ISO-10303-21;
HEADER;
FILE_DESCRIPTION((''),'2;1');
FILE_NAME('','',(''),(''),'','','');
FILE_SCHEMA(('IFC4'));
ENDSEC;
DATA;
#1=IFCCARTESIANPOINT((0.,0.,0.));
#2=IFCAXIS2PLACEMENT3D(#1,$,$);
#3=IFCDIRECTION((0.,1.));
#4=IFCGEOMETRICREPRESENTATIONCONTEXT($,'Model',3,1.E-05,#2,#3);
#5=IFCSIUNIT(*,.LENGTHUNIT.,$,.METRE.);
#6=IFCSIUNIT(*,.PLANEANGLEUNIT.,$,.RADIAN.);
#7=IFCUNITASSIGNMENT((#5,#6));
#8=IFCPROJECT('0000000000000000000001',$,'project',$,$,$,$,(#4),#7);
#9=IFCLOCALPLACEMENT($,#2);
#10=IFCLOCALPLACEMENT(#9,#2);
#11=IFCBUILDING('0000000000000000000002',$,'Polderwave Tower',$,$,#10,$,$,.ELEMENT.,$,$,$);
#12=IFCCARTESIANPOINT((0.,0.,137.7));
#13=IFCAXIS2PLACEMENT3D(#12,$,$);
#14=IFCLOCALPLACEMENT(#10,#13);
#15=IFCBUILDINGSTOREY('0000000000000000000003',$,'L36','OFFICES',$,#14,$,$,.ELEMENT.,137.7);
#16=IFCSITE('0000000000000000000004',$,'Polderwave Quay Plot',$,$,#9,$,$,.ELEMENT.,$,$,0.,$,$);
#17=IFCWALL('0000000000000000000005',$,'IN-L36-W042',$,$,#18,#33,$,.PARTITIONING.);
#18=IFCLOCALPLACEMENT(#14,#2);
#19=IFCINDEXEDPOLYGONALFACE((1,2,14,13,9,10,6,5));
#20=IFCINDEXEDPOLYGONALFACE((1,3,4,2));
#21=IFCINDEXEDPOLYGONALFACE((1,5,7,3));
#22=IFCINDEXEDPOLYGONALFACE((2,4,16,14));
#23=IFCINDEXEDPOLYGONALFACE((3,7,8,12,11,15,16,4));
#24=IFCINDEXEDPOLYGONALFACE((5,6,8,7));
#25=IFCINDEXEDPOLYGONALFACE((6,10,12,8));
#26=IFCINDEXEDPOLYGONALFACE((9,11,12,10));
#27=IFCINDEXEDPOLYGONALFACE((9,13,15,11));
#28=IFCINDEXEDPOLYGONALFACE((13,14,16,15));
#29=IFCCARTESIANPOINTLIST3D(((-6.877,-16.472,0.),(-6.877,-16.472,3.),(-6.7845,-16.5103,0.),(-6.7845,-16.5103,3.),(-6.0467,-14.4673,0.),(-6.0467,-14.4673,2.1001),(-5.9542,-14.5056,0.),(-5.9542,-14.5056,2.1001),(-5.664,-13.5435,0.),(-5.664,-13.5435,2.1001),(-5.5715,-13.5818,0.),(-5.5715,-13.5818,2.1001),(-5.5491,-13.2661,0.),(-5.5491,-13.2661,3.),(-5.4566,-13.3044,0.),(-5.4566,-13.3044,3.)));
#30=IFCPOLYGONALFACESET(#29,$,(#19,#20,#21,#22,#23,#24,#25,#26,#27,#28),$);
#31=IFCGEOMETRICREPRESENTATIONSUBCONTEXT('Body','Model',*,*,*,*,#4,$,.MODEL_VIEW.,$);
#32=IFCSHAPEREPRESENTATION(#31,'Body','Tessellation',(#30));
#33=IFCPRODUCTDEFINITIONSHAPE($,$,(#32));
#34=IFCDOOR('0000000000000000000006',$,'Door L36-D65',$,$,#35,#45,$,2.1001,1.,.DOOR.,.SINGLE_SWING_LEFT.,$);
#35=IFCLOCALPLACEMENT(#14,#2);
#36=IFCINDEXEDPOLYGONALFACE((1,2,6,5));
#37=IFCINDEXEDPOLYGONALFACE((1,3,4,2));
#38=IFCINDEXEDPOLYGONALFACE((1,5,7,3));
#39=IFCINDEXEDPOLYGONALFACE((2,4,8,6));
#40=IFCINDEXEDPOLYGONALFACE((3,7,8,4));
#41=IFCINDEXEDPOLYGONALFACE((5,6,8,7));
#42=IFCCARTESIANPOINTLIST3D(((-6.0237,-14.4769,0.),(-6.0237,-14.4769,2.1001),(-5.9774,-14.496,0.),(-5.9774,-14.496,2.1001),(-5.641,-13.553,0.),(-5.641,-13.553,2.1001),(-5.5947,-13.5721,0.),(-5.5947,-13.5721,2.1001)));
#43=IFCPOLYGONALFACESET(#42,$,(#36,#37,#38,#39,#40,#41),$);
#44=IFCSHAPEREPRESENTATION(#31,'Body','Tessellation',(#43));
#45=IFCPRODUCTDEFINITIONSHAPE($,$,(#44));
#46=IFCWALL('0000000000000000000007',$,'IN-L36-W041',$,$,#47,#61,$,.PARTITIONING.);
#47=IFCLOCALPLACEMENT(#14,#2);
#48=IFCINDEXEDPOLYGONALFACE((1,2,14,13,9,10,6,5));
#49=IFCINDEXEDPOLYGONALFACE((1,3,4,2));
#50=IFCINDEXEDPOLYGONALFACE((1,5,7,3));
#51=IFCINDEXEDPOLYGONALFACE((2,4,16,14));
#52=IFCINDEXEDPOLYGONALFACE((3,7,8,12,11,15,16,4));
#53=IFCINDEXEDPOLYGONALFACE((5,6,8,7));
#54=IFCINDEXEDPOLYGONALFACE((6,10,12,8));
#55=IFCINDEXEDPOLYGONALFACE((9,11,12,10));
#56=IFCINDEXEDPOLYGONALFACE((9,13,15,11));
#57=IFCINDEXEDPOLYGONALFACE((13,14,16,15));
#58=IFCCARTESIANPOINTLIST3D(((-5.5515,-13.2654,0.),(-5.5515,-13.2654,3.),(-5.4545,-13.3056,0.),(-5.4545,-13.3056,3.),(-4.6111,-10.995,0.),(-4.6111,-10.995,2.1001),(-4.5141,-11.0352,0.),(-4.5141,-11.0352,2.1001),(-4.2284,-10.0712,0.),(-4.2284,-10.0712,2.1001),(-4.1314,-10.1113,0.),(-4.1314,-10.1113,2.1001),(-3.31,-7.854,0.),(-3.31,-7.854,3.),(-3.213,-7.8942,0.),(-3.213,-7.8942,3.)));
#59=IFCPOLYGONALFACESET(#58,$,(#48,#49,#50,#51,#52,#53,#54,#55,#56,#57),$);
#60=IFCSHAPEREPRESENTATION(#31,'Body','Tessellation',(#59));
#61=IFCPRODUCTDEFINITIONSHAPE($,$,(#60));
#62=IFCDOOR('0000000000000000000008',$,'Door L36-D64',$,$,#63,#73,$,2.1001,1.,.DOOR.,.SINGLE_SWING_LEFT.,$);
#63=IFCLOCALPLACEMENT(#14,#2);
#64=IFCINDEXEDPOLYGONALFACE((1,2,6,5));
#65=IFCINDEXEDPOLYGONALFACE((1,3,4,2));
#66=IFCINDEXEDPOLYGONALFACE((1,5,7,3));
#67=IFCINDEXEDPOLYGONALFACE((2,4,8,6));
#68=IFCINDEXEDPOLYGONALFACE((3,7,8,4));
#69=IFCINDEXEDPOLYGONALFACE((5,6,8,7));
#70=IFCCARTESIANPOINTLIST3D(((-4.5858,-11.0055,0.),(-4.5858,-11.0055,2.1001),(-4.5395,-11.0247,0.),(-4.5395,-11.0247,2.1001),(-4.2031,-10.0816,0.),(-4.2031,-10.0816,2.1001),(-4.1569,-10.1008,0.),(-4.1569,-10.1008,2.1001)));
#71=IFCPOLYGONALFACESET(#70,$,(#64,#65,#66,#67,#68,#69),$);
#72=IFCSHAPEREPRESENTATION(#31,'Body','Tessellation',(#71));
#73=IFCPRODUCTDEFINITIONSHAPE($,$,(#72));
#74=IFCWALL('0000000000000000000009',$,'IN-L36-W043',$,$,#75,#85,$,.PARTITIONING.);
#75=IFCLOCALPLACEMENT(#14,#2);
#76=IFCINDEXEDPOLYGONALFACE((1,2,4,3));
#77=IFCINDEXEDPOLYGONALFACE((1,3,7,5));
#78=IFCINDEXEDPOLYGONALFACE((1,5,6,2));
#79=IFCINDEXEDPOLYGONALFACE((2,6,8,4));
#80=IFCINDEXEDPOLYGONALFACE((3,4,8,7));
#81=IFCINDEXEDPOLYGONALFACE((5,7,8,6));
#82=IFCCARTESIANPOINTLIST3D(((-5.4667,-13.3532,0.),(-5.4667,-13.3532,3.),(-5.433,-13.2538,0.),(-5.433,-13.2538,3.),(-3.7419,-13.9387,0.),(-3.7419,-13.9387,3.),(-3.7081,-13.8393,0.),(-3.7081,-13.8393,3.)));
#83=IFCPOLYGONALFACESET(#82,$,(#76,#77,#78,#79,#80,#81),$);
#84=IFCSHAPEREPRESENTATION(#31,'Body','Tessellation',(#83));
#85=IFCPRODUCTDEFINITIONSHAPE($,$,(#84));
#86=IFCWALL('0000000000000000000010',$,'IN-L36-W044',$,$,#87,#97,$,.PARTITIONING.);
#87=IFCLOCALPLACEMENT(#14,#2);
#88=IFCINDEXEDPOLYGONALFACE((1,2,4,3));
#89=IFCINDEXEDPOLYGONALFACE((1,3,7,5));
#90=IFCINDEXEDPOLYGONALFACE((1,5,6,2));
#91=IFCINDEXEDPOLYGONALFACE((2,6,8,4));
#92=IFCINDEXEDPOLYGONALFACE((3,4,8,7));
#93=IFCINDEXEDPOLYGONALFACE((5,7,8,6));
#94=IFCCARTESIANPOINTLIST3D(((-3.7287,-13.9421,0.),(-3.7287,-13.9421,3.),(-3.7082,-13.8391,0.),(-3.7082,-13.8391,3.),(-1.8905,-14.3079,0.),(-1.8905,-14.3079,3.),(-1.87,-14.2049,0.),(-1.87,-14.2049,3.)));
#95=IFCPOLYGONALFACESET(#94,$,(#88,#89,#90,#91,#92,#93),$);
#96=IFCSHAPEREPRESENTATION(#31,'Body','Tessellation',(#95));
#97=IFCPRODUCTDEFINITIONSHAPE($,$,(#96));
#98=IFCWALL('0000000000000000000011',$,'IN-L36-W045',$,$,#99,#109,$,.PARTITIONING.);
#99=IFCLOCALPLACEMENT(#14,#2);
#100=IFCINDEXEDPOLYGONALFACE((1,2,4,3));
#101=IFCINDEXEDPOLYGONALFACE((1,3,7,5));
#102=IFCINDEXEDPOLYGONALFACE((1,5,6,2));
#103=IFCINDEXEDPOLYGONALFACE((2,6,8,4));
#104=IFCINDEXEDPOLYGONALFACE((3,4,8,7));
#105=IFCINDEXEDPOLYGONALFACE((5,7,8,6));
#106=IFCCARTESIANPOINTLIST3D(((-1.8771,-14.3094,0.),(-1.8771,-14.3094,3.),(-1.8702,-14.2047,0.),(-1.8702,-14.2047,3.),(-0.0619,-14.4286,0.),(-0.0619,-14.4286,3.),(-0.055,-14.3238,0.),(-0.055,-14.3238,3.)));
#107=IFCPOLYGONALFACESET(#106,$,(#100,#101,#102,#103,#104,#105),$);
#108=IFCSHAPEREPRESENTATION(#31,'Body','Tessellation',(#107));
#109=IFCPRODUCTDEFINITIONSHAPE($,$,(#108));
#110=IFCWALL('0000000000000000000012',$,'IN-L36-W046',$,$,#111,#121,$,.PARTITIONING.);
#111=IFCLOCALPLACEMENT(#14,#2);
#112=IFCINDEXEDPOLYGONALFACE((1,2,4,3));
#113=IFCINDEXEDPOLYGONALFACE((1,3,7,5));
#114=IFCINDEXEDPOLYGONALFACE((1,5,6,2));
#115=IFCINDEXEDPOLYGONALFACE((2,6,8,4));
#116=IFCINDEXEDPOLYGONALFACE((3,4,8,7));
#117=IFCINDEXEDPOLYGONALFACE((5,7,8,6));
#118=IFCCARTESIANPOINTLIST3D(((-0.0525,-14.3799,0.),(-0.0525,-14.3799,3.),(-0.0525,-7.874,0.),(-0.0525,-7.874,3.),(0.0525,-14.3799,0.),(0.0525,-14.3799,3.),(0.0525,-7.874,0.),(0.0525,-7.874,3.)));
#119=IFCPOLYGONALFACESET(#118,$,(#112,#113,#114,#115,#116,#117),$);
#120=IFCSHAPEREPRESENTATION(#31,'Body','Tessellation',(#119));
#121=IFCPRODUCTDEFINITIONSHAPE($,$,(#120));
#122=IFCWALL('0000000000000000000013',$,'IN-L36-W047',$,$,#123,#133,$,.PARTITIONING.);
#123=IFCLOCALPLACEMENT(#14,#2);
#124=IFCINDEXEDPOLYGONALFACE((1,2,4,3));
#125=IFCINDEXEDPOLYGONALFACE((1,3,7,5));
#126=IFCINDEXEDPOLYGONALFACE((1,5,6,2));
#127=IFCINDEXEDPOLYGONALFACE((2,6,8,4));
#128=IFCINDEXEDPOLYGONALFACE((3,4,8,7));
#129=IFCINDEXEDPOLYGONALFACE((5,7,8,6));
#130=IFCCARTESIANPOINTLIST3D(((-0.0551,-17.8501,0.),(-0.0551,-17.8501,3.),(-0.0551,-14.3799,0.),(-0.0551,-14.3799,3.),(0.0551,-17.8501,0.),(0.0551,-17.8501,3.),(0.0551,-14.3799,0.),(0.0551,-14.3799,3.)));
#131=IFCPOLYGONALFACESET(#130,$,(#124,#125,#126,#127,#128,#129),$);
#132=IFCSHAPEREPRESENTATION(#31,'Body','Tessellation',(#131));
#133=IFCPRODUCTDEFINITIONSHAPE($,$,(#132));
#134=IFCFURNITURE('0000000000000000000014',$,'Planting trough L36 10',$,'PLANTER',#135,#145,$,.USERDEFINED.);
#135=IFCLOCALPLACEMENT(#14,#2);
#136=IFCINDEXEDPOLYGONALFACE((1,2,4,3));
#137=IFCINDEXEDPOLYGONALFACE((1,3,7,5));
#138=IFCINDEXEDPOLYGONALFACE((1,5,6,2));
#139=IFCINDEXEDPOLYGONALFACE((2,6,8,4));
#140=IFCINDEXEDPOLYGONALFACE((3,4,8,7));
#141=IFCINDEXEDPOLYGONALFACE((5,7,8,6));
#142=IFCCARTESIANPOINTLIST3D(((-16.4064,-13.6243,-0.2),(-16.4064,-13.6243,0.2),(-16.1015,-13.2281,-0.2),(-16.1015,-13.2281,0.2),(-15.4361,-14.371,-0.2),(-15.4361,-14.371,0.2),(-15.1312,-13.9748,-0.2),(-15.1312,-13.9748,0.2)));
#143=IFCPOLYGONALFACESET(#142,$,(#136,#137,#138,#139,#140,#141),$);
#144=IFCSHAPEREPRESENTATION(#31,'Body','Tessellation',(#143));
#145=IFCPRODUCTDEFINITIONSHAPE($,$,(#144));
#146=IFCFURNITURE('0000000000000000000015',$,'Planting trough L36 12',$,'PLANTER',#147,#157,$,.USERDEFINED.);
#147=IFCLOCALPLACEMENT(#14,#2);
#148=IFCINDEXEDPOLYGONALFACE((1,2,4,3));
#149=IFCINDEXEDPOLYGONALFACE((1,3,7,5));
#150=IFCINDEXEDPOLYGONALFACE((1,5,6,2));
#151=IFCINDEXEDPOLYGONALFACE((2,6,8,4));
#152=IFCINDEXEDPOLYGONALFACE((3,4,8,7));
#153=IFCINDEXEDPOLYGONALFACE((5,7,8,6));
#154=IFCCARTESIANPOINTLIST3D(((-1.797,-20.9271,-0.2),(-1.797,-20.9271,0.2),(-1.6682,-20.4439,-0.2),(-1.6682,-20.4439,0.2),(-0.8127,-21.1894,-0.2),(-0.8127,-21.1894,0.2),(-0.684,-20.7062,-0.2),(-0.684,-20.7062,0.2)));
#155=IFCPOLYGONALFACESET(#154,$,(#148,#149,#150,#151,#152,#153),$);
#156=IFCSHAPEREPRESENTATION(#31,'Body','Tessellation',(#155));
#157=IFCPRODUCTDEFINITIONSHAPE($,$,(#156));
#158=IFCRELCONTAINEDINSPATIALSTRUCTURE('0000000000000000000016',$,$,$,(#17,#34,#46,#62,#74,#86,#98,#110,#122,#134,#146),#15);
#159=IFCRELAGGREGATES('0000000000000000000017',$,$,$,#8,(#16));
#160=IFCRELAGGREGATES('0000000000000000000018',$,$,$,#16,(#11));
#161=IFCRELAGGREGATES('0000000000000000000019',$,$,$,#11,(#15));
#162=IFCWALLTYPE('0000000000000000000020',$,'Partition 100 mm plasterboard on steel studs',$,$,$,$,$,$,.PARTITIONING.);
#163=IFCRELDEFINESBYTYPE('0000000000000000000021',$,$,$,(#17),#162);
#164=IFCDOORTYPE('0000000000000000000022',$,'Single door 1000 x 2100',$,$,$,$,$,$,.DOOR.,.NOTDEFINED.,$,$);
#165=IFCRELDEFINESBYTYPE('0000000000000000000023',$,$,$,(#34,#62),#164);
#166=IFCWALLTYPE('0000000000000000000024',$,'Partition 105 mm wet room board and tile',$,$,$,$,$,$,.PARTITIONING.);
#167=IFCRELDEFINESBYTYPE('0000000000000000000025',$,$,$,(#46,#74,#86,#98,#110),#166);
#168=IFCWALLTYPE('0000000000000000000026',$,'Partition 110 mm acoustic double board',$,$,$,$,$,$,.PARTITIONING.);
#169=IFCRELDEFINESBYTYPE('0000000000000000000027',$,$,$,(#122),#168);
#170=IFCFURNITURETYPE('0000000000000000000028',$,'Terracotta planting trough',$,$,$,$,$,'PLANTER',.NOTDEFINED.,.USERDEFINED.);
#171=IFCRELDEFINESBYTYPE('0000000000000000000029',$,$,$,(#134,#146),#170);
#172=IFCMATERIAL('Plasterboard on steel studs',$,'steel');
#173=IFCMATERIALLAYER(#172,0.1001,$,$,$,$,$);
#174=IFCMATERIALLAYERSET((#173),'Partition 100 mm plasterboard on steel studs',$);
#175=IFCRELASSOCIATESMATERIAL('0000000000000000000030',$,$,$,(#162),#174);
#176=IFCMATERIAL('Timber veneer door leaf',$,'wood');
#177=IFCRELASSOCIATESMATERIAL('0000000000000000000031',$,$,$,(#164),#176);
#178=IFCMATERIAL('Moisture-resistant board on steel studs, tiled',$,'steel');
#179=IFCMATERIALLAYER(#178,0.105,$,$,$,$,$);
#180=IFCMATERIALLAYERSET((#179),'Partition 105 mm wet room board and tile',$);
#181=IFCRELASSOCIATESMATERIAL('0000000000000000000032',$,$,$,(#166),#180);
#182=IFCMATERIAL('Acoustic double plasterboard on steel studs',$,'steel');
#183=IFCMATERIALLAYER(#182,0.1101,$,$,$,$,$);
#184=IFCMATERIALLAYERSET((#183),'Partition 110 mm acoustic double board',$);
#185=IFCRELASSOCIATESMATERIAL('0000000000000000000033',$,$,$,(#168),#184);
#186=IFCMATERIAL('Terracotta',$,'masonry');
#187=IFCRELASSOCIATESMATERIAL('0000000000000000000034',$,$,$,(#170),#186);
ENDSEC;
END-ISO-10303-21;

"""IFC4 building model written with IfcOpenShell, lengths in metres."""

from ifc_helpers import new_model, si_unit, direction, frame, frame_2d, origin, origin_2d, place, context, subcontext, project, spatial, rectangle, extrude, material, layer, layer_set, type_object, element, fill, save


model = new_model("IFC4")

# Units and contexts
model_context = context("Model", 3, precision=1e-05, world=origin(), true_north=direction((0.0, 1.0)))
body_context = subcontext(model_context, "Body", "Model", "MODEL_VIEW")
ifc_project = project(units=[si_unit("LENGTHUNIT", "METRE"), si_unit("PLANEANGLEUNIT", "RADIAN")], contexts=[model_context])

# Site, building, storey
site_placement = place(None, origin())
site = spatial("IfcSite", under=ifc_project, at=site_placement, Name="Polderwave Quay Plot", CompositionType="ELEMENT", RefElevation=0.0)
building_placement = place(site_placement, origin())
building = spatial("IfcBuilding", under=site, at=building_placement, Name="Polderwave Tower", CompositionType="ELEMENT")
storey_placement = place(building_placement, frame((0.0, 0.0, 137.7)))
storey = spatial("IfcBuildingStorey", under=building, at=storey_placement, Name="L36", Description="OFFICES", CompositionType="ELEMENT", Elevation=137.7)

# Walls, openings, doors
ifc_material_1 = material(Name="Plasterboard on steel studs", Category="steel")
ifc_layer_1 = layer(ifc_material_1, 0.1001)
ifc_layer_set_1 = layer_set([ifc_layer_1], Name="Partition 100 mm plasterboard on steel studs")
wall_type_1 = type_object("IfcWallType", Name="Partition 100 mm plasterboard on steel studs", PredefinedType="PARTITIONING", material=ifc_layer_set_1)
ifc_material_2 = material(Name="Timber veneer door leaf", Category="wood")
door_type = type_object("IfcDoorType", Name="Single door 1000 x 2100", OperationType="NOTDEFINED", PredefinedType="DOOR", material=ifc_material_2)
wall_1_placement = place(storey_placement, frame((-5.5029, -13.2854, 0.0), z_axis=(0.0, 0.0, 1.0), x_axis=(-0.382681, -0.92388, 0.0)))
wall_1 = element("IfcWall", 1, at=wall_1_placement, inside=storey, type_object=wall_type_1, Name="IN-L36-W042", PredefinedType="PARTITIONING", context=body_context, shape_type="SweptSolid", body=[
    extrude(rectangle(XDim=3.47, YDim=0.1001, at=frame_2d((1.7349, 0.0))), origin(), (0.0, 0.0, 1.0), 3.0),
])
opening_1_placement = place(wall_1_placement, frame((0.3, 0.0, 0.0)))
opening_1 = element("IfcOpeningElement", 2, at=opening_1_placement, cuts=wall_1, PredefinedType="OPENING", context=body_context, shape_type="SweptSolid", body=[
    extrude(rectangle(XDim=1.0, YDim=2.1001, at=frame_2d((0.5, 1.05))), frame((0.0, 0.0601, 0.0), z_axis=(0.0, -1.0, 0.0), x_axis=(1.0, 0.0, 0.0)), (0.0, 0.0, 1.0), 0.1201),
])
door_1_placement = place(opening_1_placement, origin())
door_1 = element("IfcDoor", 3, at=door_1_placement, inside=storey, type_object=door_type, Name="Door L36-D65", OperationType="SINGLE_SWING_LEFT", OverallHeight=2.1001, OverallWidth=1.0, PredefinedType="DOOR", context=body_context, shape_type="SweptSolid", body=[
    extrude(rectangle(XDim=1.0, YDim=2.1001, at=frame_2d((0.5, 1.05))), frame((0.0, 0.0249, 0.0), z_axis=(0.0, -1.0, 0.0), x_axis=(1.0, 0.0, 0.0)), (0.0, 0.0, 1.0), 0.05),
])
fill(opening_1, door_1)
ifc_material_3 = material(Name="Moisture-resistant board on steel studs, tiled", Category="steel")
ifc_layer_2 = layer(ifc_material_3, 0.105)
ifc_layer_set_2 = layer_set([ifc_layer_2], Name="Partition 105 mm wet room board and tile")
wall_type_2 = type_object("IfcWallType", Name="Partition 105 mm wet room board and tile", PredefinedType="PARTITIONING", material=ifc_layer_set_2)
wall_2_placement = place(storey_placement, frame((-3.2615, -7.874, 0.0), z_axis=(0.0, 0.0, 1.0), x_axis=(-0.382682, -0.92388, 0.0)))
wall_2 = element("IfcWall", 4, at=wall_2_placement, inside=storey, type_object=wall_type_2, Name="IN-L36-W041", PredefinedType="PARTITIONING", context=body_context, shape_type="SweptSolid", body=[
    extrude(rectangle(XDim=5.8572, YDim=0.105, at=frame_2d((2.9287, 0.0))), origin(), (0.0, 0.0, 1.0), 3.0),
])
opening_2_placement = place(wall_2_placement, frame((2.3999, 0.0, 0.0)))
opening_2 = element("IfcOpeningElement", 5, at=opening_2_placement, cuts=wall_2, PredefinedType="OPENING", context=body_context, shape_type="SweptSolid", body=[
    extrude(rectangle(XDim=1.0, YDim=2.1001, at=frame_2d((0.5, 1.05))), frame((0.0, 0.0625, 0.0), z_axis=(0.0, -1.0, 0.0), x_axis=(1.0, 0.0, 0.0)), (0.0, 0.0, 1.0), 0.125),
])
door_2_placement = place(opening_2_placement, origin())
door_2 = element("IfcDoor", 6, at=door_2_placement, inside=storey, type_object=door_type, Name="Door L36-D64", OperationType="SINGLE_SWING_LEFT", OverallHeight=2.1001, OverallWidth=1.0, PredefinedType="DOOR", context=body_context, shape_type="SweptSolid", body=[
    extrude(rectangle(XDim=1.0, YDim=2.1001, at=frame_2d((0.5, 1.05))), frame((0.0, 0.0249, 0.0), z_axis=(0.0, -1.0, 0.0), x_axis=(1.0, 0.0, 0.0)), (0.0, 0.0, 1.0), 0.05),
])
fill(opening_2, door_2)

# Walls
wall_3_placement = place(storey_placement, frame((-3.7251, -13.8889, 0.0), z_axis=(0.0, 0.0, 1.0), x_axis=(-0.94694, 0.32141, 0.0)))
element("IfcWall", 7, at=wall_3_placement, inside=storey, type_object=wall_type_2, Name="IN-L36-W043", PredefinedType="PARTITIONING", context=body_context, shape_type="SweptSolid", body=[
    extrude(rectangle(XDim=1.8215, YDim=0.105, at=frame_2d((0.9106, 0.0))), origin(), (0.0, 0.0, 1.0), 3.0),
])
wall_4_placement = place(storey_placement, frame((-1.8804, -14.2563, 0.0), z_axis=(0.0, 0.0, 1.0), x_axis=(-0.980776, 0.195139, 0.0)))
element("IfcWall", 8, at=wall_4_placement, inside=storey, type_object=wall_type_2, Name="IN-L36-W044", PredefinedType="PARTITIONING", context=body_context, shape_type="SweptSolid", body=[
    extrude(rectangle(XDim=1.8743, YDim=0.105, at=frame_2d((0.937, 0.0))), origin(), (0.0, 0.0, 1.0), 3.0),
])
wall_5_placement = place(storey_placement, frame((-0.0583, -14.3762, 0.0), z_axis=(0.0, 0.0, 1.0), x_axis=(-0.997853, 0.065495, 0.0)))
element("IfcWall", 9, at=wall_5_placement, inside=storey, type_object=wall_type_2, Name="IN-L36-W045", PredefinedType="PARTITIONING", context=body_context, shape_type="SweptSolid", body=[
    extrude(rectangle(XDim=1.8191, YDim=0.105, at=frame_2d((0.9097, 0.0))), origin(), (0.0, 0.0, 1.0), 3.0),
])
wall_6_placement = place(storey_placement, frame((0.0, -7.874, 0.0), z_axis=(0.0, 0.0, 1.0), x_axis=(0.0, -1.0, 0.0)))
element("IfcWall", 10, at=wall_6_placement, inside=storey, type_object=wall_type_2, Name="IN-L36-W046", PredefinedType="PARTITIONING", context=body_context, shape_type="SweptSolid", body=[
    extrude(rectangle(XDim=6.5059, YDim=0.105, at=frame_2d((3.2529, 0.0))), origin(), (0.0, 0.0, 1.0), 3.0),
])
ifc_material_4 = material(Name="Acoustic double plasterboard on steel studs", Category="steel")
ifc_layer_3 = layer(ifc_material_4, 0.1101)
ifc_layer_set_3 = layer_set([ifc_layer_3], Name="Partition 110 mm acoustic double board")
wall_type_3 = type_object("IfcWallType", Name="Partition 110 mm acoustic double board", PredefinedType="PARTITIONING", material=ifc_layer_set_3)
wall_7_placement = place(storey_placement, frame((0.0, -14.3799, 0.0), z_axis=(0.0, 0.0, 1.0), x_axis=(0.0, -1.0, 0.0)))
element("IfcWall", 11, at=wall_7_placement, inside=storey, type_object=wall_type_3, Name="IN-L36-W047", PredefinedType="PARTITIONING", context=body_context, shape_type="SweptSolid", body=[
    extrude(rectangle(XDim=3.4702, YDim=0.1101, at=frame_2d((1.7351, 0.0))), origin(), (0.0, 0.0, 1.0), 3.0),
])

# Furniture
ifc_material_5 = material(Name="Terracotta", Category="masonry")
furniture_type = type_object("IfcFurnitureType", Name="Terracotta planting trough", ElementType="PLANTER", AssemblyPlace="NOTDEFINED", PredefinedType="USERDEFINED", material=ifc_material_5)
furniture_1_placement = place(storey_placement, frame((-15.7688, -13.7996, -0.2), z_axis=(0.0, 0.0, 1.0), x_axis=(0.792507, -0.609863, 0.0)))
element("IfcFurniture", 12, at=furniture_1_placement, inside=storey, type_object=furniture_type, Name="Planting trough L36 10", ObjectType="PLANTER", PredefinedType="USERDEFINED", context=body_context, shape_type="SweptSolid", body=[
    extrude(rectangle(XDim=1.2244, YDim=0.5, at=origin_2d()), origin(), (0.0, 0.0, 1.0), 0.3999),
])
furniture_2_placement = place(storey_placement, frame((-1.2405, -20.8167, -0.2), z_axis=(0.0, 0.0, 1.0), x_axis=(0.96628, -0.257492, 0.0)))
element("IfcFurniture", 13, at=furniture_2_placement, inside=storey, type_object=furniture_type, Name="Planting trough L36 12", ObjectType="PLANTER", PredefinedType="USERDEFINED", context=body_context, shape_type="SweptSolid", body=[
    extrude(rectangle(XDim=1.0186, YDim=0.5, at=origin_2d()), origin(), (0.0, 0.0, 1.0), 0.3999),
])

save(model, "model.ifc")
